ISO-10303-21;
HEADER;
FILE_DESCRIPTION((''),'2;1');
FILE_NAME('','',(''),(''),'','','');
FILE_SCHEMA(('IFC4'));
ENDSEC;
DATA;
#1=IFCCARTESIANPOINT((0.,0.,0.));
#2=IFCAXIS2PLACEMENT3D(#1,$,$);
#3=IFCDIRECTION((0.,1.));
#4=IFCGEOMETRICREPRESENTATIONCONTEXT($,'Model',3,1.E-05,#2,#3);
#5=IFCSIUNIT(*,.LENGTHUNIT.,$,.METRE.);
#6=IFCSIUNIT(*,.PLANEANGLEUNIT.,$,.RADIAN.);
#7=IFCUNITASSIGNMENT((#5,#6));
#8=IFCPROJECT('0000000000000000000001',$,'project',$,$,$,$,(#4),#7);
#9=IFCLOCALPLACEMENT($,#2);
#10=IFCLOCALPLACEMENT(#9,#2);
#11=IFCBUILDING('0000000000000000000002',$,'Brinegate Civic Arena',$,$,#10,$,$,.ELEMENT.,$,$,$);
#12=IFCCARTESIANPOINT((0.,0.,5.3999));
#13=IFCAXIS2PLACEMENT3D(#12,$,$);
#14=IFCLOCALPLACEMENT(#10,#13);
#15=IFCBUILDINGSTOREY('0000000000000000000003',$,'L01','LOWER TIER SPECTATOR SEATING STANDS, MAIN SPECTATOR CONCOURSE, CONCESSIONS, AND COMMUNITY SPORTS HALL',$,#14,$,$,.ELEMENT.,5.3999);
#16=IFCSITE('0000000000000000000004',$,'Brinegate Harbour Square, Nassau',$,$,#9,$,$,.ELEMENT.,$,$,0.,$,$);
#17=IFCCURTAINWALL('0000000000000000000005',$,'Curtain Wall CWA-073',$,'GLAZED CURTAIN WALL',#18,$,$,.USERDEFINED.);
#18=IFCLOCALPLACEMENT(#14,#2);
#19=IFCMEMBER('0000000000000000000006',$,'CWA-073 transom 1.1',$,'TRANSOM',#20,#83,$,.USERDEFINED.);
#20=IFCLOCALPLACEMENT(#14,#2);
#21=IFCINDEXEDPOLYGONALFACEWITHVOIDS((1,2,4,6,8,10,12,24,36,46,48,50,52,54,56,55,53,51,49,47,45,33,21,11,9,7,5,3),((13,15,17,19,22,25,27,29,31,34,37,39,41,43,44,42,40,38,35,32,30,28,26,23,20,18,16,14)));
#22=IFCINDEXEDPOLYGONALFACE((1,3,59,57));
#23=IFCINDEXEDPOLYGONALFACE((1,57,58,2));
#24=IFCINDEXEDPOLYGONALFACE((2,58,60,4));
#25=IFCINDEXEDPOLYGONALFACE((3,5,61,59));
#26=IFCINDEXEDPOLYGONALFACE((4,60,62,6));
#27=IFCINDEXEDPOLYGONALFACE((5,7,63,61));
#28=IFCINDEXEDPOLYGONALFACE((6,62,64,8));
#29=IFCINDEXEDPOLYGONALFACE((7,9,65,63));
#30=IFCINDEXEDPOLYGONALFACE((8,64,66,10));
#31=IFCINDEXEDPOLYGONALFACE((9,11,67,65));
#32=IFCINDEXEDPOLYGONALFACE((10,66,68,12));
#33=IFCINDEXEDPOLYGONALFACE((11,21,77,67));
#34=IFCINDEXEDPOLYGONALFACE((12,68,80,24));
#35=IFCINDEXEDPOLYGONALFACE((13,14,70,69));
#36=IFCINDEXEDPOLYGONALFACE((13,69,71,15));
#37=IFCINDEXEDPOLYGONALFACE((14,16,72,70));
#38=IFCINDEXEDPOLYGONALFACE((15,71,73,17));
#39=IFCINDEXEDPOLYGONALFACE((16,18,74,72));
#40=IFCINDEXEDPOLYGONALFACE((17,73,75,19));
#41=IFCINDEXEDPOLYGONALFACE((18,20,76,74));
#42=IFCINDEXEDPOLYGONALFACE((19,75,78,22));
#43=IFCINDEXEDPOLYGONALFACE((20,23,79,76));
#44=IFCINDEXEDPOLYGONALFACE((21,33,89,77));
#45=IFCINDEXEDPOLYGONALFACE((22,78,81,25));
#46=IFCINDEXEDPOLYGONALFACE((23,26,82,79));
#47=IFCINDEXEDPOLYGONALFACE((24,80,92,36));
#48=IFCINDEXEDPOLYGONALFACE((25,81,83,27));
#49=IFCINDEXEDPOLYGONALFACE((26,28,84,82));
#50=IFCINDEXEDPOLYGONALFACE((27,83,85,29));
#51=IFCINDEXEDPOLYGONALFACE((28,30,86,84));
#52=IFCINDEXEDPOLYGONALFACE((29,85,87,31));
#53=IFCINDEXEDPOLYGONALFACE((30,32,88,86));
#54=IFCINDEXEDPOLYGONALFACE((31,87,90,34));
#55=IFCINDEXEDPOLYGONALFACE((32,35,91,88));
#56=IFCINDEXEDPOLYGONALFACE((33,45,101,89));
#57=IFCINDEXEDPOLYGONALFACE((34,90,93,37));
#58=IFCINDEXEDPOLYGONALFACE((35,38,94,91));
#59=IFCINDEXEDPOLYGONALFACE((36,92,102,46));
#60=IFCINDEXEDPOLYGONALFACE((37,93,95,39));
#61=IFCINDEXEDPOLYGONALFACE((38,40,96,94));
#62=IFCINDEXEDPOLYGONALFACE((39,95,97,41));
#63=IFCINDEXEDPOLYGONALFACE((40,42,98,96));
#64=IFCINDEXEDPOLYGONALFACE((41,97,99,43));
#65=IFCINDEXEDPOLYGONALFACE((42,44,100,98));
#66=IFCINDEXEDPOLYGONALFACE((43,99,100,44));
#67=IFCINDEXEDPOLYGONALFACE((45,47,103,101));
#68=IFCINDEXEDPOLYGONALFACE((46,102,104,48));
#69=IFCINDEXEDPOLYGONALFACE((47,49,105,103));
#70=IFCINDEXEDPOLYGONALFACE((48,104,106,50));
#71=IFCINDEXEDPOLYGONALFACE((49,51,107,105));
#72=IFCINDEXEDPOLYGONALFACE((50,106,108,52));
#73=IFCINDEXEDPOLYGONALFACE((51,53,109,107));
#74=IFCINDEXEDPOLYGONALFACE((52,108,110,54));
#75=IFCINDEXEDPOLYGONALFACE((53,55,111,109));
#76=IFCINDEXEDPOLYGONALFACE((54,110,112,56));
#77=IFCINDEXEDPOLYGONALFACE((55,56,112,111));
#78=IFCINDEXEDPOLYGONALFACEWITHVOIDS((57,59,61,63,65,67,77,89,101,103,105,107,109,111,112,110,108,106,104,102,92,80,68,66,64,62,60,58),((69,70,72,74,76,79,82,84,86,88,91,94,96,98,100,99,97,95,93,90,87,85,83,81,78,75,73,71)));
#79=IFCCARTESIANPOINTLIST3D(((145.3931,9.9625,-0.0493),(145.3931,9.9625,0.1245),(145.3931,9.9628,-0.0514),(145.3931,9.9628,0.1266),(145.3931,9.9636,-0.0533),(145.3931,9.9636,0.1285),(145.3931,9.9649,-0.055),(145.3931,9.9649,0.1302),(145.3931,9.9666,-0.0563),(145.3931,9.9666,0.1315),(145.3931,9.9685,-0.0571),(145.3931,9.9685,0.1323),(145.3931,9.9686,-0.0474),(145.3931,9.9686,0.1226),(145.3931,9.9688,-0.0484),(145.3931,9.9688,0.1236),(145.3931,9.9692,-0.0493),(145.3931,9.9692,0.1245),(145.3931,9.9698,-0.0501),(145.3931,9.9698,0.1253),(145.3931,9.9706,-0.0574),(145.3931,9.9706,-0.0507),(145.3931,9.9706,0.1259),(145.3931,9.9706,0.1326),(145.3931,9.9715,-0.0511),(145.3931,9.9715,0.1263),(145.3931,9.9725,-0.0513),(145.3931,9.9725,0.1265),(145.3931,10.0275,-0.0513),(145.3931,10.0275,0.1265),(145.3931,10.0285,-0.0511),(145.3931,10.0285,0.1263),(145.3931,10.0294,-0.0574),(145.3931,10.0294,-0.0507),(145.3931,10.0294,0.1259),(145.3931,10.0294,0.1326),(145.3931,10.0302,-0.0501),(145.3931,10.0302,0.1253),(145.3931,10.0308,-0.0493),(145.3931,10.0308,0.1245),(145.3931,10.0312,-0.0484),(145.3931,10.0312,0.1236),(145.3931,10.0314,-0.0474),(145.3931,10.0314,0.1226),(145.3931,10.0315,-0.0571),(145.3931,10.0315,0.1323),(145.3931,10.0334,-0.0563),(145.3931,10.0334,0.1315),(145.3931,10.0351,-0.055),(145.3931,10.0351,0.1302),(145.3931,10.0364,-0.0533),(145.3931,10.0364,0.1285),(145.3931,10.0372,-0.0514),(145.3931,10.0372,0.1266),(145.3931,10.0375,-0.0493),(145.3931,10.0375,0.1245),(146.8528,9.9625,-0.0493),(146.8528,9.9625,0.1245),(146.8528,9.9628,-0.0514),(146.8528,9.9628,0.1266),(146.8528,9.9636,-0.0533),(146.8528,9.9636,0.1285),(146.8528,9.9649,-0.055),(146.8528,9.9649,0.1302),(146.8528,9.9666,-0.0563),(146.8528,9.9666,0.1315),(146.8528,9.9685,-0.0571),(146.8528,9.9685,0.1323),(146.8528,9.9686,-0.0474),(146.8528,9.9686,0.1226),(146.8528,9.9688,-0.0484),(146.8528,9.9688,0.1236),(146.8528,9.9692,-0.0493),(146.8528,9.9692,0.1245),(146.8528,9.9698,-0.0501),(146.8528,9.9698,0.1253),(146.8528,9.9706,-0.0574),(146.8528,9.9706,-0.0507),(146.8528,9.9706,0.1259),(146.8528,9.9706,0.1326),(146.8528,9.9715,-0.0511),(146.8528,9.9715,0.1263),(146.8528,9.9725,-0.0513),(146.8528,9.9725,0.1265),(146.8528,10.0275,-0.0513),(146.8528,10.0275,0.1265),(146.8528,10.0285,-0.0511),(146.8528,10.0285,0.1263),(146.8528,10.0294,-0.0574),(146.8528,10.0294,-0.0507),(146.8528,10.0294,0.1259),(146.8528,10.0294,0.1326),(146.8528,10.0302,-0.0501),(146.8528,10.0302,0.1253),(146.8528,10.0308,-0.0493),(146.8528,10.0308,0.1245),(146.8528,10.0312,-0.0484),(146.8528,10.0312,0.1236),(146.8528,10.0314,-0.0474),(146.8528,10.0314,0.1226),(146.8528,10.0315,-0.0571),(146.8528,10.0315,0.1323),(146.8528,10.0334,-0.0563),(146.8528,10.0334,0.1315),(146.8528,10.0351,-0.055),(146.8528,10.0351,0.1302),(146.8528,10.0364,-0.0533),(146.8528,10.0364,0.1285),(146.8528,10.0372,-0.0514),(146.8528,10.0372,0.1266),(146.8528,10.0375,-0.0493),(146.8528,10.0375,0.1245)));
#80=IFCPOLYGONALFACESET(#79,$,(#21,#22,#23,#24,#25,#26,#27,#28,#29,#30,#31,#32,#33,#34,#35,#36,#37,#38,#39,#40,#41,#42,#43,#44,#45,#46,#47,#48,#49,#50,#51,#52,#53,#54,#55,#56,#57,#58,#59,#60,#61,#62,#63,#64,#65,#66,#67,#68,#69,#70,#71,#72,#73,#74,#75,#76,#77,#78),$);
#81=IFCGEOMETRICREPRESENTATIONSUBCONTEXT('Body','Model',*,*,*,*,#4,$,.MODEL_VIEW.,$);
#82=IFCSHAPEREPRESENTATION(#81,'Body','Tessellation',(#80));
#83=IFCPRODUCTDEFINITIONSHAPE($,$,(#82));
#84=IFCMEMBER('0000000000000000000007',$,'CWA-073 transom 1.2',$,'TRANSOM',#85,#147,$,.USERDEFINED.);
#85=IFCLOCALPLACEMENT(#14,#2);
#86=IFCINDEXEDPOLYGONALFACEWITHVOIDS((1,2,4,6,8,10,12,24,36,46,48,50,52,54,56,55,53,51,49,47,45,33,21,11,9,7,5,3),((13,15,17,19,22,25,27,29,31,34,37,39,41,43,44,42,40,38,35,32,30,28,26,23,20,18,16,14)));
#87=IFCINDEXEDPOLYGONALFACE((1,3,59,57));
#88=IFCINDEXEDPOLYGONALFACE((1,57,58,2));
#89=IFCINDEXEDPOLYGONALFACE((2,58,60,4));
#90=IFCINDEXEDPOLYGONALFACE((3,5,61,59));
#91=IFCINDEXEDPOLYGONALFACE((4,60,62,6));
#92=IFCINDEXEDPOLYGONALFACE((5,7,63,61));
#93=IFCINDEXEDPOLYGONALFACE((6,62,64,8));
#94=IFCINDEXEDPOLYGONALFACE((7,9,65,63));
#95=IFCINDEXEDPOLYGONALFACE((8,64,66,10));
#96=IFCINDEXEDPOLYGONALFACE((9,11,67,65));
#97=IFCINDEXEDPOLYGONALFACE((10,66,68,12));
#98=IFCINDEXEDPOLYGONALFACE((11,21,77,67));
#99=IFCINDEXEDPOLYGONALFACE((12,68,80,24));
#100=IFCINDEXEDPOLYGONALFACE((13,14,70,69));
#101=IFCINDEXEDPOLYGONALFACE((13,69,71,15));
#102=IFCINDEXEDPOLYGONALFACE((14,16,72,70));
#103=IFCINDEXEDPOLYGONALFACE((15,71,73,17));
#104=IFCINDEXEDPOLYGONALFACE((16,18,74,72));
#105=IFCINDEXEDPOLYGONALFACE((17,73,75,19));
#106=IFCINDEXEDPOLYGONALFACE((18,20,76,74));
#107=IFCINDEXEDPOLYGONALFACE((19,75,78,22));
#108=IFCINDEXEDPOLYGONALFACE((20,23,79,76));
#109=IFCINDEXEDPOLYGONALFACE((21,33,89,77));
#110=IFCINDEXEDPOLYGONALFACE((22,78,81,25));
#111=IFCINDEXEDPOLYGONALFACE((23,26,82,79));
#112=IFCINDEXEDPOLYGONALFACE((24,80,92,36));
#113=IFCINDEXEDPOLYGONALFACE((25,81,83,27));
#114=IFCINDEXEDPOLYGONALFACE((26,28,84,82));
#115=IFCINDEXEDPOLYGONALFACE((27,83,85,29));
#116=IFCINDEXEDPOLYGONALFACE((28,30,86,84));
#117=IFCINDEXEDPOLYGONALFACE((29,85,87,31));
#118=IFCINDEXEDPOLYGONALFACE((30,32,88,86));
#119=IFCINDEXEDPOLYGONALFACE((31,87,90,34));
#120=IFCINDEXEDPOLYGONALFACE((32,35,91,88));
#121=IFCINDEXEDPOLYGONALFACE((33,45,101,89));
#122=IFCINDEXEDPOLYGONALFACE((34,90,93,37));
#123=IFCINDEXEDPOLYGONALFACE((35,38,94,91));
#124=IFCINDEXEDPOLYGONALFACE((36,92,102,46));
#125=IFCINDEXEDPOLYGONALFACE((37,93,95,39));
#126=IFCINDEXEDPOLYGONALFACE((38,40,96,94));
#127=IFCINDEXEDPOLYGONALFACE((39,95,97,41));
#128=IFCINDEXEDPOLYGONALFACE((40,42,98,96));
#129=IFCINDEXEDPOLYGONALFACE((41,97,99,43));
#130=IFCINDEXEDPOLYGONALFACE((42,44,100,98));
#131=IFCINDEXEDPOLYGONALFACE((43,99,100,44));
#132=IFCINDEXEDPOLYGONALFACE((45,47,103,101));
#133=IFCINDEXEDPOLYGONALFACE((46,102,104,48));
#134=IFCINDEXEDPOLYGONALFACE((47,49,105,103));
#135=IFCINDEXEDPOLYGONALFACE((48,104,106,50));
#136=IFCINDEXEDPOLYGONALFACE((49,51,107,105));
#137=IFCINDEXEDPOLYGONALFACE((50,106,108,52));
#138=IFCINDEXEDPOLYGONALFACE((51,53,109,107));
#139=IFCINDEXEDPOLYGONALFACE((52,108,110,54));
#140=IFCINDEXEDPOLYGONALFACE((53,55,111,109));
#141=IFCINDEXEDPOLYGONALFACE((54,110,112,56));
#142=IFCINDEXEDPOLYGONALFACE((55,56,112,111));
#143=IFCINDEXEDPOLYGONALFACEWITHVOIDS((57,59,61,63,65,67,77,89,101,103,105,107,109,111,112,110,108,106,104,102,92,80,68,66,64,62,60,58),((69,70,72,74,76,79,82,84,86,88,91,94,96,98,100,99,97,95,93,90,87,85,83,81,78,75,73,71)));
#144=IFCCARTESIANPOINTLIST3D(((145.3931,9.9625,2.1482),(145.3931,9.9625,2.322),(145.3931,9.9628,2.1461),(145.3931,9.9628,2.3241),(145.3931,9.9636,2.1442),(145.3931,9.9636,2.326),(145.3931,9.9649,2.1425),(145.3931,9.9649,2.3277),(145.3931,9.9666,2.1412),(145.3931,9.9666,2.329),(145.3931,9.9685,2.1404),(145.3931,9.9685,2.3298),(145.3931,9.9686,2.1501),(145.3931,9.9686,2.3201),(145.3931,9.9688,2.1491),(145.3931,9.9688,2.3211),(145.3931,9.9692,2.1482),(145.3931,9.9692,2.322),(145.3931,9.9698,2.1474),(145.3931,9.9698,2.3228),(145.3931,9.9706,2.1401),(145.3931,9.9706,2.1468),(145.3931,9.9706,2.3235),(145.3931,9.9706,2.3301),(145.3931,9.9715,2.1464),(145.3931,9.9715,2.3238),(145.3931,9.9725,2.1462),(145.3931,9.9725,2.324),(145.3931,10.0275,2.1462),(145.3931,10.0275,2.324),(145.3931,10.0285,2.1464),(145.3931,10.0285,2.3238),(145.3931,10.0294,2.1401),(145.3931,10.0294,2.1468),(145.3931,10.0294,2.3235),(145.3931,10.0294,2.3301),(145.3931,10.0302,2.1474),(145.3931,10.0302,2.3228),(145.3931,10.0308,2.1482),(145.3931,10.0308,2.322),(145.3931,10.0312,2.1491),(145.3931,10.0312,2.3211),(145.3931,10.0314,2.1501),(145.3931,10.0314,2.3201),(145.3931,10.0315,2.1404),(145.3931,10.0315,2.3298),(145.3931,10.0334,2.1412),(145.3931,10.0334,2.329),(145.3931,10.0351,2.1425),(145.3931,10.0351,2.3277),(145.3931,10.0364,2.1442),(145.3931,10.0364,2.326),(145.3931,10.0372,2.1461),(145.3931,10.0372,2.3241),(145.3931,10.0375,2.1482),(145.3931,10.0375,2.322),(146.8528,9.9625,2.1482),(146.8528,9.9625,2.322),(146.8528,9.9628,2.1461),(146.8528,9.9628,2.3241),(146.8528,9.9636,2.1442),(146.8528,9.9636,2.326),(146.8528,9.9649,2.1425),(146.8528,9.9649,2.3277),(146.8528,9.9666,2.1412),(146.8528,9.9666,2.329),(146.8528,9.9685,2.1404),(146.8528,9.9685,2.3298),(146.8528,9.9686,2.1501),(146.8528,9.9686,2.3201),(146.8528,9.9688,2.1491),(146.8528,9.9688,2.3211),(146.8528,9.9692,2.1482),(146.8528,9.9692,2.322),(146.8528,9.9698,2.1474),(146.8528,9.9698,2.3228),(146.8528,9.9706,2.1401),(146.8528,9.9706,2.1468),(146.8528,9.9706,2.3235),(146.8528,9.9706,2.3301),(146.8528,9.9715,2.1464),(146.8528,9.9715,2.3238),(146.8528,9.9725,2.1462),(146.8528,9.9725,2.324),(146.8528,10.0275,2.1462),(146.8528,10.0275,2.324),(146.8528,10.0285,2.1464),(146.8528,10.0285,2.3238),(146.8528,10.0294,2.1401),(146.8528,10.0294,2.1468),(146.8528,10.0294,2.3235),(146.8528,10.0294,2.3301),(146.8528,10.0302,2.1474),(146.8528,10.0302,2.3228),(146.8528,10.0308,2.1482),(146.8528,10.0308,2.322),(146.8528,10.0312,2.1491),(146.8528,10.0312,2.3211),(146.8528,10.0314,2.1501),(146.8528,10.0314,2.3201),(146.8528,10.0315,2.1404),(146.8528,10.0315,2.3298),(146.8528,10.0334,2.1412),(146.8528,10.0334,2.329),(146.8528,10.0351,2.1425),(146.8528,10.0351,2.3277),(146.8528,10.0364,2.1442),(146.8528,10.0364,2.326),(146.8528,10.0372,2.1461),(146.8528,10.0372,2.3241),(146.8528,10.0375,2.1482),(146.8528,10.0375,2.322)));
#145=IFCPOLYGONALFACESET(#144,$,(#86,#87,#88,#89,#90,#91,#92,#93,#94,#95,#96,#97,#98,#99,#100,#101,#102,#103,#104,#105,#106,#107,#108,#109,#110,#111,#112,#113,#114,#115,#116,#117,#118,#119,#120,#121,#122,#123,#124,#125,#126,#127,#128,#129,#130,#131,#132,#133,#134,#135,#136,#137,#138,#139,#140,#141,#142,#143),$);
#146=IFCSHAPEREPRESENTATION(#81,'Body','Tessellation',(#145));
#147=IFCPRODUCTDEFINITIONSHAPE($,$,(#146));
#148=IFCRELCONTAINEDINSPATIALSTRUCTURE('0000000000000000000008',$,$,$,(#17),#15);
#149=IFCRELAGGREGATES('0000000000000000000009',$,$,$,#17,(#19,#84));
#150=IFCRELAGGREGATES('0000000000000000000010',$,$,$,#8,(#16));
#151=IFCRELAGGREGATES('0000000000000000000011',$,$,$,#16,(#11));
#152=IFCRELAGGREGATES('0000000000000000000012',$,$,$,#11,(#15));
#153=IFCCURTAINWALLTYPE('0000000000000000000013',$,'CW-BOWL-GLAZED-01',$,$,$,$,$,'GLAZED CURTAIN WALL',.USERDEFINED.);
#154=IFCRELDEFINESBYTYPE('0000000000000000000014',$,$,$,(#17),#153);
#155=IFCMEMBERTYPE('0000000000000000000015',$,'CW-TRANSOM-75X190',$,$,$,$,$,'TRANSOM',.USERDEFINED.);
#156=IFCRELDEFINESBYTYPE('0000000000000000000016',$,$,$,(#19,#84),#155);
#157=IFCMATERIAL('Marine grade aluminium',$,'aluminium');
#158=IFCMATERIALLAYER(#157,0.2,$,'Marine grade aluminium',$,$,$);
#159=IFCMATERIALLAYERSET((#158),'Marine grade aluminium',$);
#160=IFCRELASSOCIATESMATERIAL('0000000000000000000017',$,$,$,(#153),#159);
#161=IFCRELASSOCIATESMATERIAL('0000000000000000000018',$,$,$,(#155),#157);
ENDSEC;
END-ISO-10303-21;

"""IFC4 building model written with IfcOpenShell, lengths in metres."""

from ifc_helpers import new_model, si_unit, direction, frame, origin, origin_2d, place, context, subcontext, project, spatial, hollow_rectangle, extrude, material, layer, layer_set, material_profile, profile_set, type_object, element, aggregate, save


model = new_model("IFC4")

# Units and contexts
model_context = context("Model", 3, precision=1e-05, world=origin(), true_north=direction((0.0, 1.0)))
body_context = subcontext(model_context, "Body", "Model", "MODEL_VIEW")
ifc_project = project(units=[si_unit("LENGTHUNIT", "METRE"), si_unit("PLANEANGLEUNIT", "RADIAN")], contexts=[model_context])

# Site, building, storey
site_placement = place(None, origin())
site = spatial("IfcSite", under=ifc_project, at=site_placement, Name="Brinegate Harbour Square, Nassau", CompositionType="ELEMENT", RefElevation=0.0)
building_placement = place(site_placement, origin())
building = spatial("IfcBuilding", under=site, at=building_placement, Name="Brinegate Civic Arena", CompositionType="ELEMENT")
storey_placement = place(building_placement, frame((0.0, 0.0, 5.3999)))
storey = spatial("IfcBuildingStorey", under=building, at=storey_placement, Name="L01", Description="LOWER TIER SPECTATOR SEATING STANDS, MAIN SPECTATOR CONCOURSE, CONCESSIONS, AND COMMUNITY SPORTS HALL", CompositionType="ELEMENT", Elevation=5.3999)

# Curtain wall, members
ifc_material_1 = material(Name="Marine grade aluminium", Category="aluminium")
ifc_layer_1 = layer(ifc_material_1, 0.2, Name="Marine grade aluminium")
ifc_layer_set_1 = layer_set([ifc_layer_1], Name="Marine grade aluminium")
curtain_wall_type = type_object("IfcCurtainWallType", Name="CW-BOWL-GLAZED-01", ElementType="GLAZED CURTAIN WALL", PredefinedType="USERDEFINED", material=ifc_layer_set_1)
curtain_wall_placement = place(storey_placement, origin())
curtain_wall = element("IfcCurtainWall", 1, at=curtain_wall_placement, inside=storey, type_object=curtain_wall_type, Name="Curtain Wall CWA-073", ObjectType="GLAZED CURTAIN WALL", PredefinedType="USERDEFINED")
ifc_material_profile_1 = material_profile(ifc_material_1, hollow_rectangle(XDim=0.075, YDim=0.1899, WallThickness=0.0061, InnerFilletRadius=0.0039, OuterFilletRadius=0.0081, at=origin_2d()), Name="TRN75X190")
ifc_profile_set_1 = profile_set([ifc_material_profile_1], Name="Marine grade aluminium")
member_type_1 = type_object("IfcMemberType", Name="CW-TRANSOM-75X190", ElementType="TRANSOM", PredefinedType="USERDEFINED", material=ifc_profile_set_1)
member_1_placement = place(storey_placement, frame((145.3931, 10.0, 0.0376), z_axis=(1.0, 0.0, 0.0), x_axis=(0.0, 1.0, 0.0)))
member_1 = element("IfcMember", 2, at=member_1_placement, type_object=member_type_1, Name="CWA-073 transom 1.1", ObjectType="TRANSOM", PredefinedType="USERDEFINED", context=body_context, shape_type="SweptSolid", body=[
    extrude(hollow_rectangle(XDim=0.075, YDim=0.1899, WallThickness=0.0061, InnerFilletRadius=0.0039, OuterFilletRadius=0.0081, at=origin_2d()), origin(), (0.0, 0.0, 1.0), 1.4597),
])
member_2_placement = place(storey_placement, frame((145.3931, 10.0, 2.2351), z_axis=(1.0, 0.0, 0.0), x_axis=(0.0, 1.0, 0.0)))
member_2 = element("IfcMember", 3, at=member_2_placement, type_object=member_type_1, Name="CWA-073 transom 1.2", ObjectType="TRANSOM", PredefinedType="USERDEFINED", context=body_context, shape_type="SweptSolid", body=[
    extrude(hollow_rectangle(XDim=0.075, YDim=0.1899, WallThickness=0.0061, InnerFilletRadius=0.0039, OuterFilletRadius=0.0081, at=origin_2d()), origin(), (0.0, 0.0, 1.0), 1.4597),
])

aggregate(curtain_wall, [member_1, member_2])

save(model, "model.ifc")
